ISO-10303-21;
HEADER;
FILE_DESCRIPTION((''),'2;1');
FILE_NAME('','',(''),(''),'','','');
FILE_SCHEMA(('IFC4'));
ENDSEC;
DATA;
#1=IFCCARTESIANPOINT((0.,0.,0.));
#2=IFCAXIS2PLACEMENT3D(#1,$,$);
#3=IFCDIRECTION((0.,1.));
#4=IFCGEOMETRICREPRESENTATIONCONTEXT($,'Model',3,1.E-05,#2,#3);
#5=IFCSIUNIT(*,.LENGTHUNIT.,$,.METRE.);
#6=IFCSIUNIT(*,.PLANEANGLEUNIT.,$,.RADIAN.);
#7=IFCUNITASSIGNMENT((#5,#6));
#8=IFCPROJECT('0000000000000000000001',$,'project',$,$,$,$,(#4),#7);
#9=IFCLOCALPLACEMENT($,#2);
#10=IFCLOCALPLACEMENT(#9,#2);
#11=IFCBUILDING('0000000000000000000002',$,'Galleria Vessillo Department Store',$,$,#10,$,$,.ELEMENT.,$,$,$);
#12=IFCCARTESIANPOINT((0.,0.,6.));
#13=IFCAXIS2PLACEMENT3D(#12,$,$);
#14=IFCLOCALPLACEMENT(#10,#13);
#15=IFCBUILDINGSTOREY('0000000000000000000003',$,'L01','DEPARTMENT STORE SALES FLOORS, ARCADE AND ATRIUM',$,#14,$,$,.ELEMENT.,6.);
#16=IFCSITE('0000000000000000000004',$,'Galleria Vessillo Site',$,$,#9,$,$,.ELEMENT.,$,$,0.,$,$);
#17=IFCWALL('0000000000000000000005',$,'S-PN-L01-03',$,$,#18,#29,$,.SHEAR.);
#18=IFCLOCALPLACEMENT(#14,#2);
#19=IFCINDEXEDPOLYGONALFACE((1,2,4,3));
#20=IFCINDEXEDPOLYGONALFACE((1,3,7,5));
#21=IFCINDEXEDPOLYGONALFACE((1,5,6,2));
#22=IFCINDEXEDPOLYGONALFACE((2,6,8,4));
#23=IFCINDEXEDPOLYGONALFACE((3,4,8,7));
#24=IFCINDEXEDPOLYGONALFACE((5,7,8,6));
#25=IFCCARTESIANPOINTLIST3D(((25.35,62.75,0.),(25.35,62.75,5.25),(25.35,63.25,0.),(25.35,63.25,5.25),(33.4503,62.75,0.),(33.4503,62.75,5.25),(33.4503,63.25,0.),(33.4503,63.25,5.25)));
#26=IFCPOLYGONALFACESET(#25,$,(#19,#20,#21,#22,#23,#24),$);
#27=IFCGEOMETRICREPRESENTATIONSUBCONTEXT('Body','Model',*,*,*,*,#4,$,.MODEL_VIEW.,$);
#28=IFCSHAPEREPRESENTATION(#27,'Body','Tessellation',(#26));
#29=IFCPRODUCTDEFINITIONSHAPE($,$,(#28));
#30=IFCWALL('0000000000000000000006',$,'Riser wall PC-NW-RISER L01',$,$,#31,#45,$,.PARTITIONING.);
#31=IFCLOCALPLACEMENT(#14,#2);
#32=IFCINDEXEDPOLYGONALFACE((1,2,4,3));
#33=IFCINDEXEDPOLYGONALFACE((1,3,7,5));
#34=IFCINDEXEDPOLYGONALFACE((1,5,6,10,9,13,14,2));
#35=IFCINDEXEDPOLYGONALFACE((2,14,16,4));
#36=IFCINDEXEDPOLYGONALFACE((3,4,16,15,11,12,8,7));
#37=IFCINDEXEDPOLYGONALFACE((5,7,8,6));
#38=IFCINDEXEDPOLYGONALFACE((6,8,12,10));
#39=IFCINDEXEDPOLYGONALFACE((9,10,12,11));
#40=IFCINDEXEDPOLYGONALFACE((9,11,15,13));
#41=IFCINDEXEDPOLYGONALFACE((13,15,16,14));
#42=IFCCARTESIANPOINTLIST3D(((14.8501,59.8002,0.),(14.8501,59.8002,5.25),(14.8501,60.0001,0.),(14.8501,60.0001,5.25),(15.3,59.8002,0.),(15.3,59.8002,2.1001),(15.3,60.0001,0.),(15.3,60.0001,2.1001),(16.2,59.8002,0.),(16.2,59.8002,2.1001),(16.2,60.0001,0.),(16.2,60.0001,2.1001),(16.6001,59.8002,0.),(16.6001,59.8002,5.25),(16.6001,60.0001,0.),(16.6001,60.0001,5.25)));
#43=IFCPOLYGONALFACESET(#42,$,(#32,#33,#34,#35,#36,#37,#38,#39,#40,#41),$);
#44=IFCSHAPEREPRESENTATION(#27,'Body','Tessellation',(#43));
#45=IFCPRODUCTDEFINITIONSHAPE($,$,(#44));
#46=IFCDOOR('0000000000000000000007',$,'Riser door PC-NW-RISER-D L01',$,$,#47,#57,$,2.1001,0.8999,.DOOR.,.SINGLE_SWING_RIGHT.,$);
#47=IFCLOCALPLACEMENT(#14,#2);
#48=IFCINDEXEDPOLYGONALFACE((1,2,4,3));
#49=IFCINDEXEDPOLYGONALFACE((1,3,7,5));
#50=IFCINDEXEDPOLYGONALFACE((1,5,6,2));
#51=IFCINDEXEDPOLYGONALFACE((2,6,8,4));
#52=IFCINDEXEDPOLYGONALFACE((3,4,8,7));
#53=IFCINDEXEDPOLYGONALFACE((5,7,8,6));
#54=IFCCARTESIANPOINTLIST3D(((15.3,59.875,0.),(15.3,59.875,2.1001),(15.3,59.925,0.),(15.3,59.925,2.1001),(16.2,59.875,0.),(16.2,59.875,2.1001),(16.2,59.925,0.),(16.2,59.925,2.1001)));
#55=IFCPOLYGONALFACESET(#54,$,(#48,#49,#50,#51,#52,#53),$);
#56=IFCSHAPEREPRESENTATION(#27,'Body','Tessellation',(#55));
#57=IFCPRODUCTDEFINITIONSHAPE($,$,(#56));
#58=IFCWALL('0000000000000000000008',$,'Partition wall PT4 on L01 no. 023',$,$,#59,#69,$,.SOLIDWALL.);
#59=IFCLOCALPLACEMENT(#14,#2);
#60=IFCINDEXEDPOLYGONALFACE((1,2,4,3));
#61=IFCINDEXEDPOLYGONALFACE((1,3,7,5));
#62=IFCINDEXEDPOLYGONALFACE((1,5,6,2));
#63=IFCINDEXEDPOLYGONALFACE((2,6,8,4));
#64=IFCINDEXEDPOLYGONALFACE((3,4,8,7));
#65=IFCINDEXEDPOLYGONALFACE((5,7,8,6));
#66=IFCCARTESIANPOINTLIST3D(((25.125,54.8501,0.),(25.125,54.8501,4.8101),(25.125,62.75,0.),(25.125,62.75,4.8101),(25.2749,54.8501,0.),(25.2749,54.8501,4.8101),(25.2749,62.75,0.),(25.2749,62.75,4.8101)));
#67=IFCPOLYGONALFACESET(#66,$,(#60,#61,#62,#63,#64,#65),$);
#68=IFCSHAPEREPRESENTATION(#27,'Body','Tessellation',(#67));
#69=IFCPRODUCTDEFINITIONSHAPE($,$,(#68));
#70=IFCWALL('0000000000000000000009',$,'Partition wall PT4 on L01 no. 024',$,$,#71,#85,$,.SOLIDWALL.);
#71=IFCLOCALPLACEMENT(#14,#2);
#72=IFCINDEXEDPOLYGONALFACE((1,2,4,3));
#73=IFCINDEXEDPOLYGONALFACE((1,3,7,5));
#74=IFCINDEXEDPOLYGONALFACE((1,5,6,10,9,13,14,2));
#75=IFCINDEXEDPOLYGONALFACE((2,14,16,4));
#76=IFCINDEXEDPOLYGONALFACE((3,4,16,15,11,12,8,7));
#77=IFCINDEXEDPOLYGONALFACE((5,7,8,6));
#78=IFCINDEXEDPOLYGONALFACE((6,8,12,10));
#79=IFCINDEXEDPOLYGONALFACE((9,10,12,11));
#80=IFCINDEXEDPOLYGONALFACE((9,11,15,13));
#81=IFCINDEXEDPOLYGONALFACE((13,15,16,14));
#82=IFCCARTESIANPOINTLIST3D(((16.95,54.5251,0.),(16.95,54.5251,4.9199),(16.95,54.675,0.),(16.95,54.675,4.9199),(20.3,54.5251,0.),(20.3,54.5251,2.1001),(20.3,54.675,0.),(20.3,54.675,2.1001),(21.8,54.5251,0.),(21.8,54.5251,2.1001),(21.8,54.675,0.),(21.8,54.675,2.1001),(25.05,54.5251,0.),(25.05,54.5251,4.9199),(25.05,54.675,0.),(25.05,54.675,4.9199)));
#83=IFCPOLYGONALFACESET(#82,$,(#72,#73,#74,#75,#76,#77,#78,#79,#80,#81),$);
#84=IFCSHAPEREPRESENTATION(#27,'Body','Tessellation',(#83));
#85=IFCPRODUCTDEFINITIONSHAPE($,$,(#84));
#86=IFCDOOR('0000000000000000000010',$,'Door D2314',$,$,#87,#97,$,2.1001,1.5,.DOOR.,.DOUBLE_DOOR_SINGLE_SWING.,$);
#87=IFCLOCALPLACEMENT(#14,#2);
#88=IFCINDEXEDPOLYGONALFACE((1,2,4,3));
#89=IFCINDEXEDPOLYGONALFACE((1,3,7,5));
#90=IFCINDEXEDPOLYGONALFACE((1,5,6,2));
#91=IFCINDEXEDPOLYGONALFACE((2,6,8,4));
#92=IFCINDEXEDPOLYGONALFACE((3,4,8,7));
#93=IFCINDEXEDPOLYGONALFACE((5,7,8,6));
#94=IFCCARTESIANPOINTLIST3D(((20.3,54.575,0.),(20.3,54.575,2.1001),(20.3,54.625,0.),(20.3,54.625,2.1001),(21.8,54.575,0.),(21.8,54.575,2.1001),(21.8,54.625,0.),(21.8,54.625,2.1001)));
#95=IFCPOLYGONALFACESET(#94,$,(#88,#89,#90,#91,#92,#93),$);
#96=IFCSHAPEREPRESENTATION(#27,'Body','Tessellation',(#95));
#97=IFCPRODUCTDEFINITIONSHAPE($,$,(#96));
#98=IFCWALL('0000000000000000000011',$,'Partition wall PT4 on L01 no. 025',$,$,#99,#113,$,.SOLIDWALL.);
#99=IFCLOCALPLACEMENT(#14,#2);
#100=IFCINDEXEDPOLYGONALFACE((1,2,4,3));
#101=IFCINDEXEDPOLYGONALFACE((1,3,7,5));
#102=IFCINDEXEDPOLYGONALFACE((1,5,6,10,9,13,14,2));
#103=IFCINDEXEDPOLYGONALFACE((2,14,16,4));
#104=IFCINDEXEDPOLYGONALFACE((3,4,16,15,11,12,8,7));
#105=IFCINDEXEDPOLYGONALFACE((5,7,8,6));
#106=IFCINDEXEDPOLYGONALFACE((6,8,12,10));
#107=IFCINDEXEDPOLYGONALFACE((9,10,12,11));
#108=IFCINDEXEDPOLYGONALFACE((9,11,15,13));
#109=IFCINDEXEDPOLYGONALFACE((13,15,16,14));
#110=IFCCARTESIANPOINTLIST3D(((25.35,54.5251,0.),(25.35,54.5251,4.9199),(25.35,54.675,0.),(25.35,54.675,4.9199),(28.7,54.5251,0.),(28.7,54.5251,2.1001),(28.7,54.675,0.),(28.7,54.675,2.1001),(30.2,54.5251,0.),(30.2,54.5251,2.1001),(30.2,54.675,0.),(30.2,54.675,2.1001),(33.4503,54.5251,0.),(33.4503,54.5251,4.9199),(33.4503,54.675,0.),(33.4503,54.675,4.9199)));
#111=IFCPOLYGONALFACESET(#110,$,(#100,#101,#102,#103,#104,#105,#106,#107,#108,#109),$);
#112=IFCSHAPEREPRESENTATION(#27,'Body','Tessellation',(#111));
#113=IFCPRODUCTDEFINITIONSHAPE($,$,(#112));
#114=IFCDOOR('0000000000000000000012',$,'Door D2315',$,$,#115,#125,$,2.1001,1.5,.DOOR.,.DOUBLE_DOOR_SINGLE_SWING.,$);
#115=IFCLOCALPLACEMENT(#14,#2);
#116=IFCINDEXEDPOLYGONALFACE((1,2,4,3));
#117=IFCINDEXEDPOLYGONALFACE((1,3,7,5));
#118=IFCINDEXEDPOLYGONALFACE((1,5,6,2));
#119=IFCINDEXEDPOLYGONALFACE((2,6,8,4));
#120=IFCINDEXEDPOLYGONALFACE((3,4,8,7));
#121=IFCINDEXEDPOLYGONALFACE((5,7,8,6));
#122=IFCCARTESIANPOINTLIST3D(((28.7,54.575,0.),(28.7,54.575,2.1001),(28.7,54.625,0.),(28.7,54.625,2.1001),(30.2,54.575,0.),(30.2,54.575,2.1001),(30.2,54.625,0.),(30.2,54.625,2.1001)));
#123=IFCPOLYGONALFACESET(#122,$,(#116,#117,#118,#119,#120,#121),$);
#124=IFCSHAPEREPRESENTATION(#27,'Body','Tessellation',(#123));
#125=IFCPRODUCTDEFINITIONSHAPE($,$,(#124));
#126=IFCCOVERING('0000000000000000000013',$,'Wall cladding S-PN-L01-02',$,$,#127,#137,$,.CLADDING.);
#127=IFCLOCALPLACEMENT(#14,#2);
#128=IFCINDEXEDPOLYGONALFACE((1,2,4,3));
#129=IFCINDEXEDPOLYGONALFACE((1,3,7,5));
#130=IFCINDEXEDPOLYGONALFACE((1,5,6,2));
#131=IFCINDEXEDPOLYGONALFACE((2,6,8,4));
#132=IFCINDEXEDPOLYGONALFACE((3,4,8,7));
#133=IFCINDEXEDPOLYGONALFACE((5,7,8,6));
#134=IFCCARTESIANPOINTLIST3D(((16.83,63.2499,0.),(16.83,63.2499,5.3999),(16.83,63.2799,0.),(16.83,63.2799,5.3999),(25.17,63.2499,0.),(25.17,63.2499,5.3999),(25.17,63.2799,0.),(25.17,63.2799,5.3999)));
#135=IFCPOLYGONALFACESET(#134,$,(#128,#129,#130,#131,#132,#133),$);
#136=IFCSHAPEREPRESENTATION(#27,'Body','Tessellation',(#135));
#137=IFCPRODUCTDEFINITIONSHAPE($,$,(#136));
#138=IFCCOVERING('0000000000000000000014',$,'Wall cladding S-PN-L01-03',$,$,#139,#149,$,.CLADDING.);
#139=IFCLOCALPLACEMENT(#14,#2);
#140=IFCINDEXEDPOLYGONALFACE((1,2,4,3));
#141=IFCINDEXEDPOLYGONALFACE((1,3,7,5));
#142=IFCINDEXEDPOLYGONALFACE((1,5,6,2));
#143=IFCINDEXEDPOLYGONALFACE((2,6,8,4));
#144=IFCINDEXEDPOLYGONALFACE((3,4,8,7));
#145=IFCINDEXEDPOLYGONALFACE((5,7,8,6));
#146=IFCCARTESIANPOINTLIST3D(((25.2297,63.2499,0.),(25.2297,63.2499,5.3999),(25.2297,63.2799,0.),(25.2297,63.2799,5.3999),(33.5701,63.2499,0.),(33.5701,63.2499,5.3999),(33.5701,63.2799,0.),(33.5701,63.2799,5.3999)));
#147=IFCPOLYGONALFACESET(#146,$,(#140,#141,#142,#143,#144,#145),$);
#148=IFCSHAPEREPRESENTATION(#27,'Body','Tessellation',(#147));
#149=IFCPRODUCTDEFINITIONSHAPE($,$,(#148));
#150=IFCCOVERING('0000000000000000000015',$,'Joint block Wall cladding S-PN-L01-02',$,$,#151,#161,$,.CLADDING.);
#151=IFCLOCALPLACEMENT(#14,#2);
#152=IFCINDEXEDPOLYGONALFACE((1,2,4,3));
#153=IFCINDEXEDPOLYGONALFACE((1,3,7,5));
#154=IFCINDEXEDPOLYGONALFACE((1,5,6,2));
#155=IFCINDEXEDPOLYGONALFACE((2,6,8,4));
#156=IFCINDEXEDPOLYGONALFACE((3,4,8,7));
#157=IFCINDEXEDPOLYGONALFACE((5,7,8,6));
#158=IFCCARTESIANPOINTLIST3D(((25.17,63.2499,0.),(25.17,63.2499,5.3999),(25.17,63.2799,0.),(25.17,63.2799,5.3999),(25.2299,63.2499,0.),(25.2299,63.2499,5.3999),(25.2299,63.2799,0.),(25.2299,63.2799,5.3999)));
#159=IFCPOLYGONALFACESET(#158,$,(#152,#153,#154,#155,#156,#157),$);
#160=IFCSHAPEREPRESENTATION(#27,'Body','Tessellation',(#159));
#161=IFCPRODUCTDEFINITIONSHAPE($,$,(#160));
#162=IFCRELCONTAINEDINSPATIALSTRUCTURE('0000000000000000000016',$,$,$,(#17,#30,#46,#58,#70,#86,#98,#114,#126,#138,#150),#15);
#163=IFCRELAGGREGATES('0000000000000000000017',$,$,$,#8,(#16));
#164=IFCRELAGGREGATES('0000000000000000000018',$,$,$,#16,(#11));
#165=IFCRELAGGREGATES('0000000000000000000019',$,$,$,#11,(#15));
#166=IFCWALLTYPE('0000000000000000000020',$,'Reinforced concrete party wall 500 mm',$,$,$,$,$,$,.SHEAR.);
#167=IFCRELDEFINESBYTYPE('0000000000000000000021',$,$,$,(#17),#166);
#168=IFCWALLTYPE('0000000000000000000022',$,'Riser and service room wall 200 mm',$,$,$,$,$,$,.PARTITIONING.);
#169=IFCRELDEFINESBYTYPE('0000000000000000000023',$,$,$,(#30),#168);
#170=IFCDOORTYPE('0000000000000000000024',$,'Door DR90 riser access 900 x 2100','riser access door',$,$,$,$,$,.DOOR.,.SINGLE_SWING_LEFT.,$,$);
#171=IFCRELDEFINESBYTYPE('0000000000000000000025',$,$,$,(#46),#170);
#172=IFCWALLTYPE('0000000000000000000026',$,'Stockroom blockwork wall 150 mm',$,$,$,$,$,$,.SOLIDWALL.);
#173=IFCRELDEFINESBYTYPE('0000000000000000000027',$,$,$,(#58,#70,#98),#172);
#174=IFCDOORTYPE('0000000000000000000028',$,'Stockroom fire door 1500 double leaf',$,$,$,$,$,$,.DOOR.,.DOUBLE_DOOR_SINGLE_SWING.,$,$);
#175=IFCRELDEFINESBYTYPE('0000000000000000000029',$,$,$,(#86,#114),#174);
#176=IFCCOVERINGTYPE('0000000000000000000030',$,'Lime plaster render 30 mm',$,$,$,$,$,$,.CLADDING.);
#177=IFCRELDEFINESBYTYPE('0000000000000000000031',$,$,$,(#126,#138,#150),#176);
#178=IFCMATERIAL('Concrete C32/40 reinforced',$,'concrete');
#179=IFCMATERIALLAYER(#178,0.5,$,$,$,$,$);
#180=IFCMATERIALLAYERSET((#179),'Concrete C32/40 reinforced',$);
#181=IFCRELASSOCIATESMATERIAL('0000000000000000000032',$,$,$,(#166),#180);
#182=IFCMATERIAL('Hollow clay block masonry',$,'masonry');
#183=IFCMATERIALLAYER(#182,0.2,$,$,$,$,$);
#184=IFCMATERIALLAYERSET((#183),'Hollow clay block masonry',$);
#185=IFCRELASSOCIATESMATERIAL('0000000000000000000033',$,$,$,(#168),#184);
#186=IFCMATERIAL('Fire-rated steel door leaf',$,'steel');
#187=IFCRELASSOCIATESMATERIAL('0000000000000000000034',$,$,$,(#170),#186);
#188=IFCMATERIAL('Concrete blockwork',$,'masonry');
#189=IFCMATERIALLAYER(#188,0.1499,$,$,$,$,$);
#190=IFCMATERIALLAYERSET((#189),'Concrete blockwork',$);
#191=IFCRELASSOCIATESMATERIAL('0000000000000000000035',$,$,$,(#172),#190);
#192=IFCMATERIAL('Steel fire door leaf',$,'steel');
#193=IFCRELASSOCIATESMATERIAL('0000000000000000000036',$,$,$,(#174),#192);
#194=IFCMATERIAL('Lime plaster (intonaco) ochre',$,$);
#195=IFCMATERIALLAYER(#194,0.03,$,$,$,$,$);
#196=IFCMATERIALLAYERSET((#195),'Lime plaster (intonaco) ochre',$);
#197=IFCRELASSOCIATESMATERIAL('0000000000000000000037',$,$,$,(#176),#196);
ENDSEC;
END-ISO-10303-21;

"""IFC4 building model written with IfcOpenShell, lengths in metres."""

from ifc_helpers import new_model, si_unit, direction, frame, frame_2d, origin, origin_2d, place, context, subcontext, project, spatial, rectangle, extrude, material, layer, layer_set, type_object, element, fill, save


model = new_model("IFC4")

# Units and contexts
model_context = context("Model", 3, precision=1e-05, world=origin(), true_north=direction((0.0, 1.0)))
body_context = subcontext(model_context, "Body", "Model", "MODEL_VIEW")
ifc_project = project(units=[si_unit("LENGTHUNIT", "METRE"), si_unit("PLANEANGLEUNIT", "RADIAN")], contexts=[model_context])

# Site, building, storey
site_placement = place(None, origin())
site = spatial("IfcSite", under=ifc_project, at=site_placement, Name="Galleria Vessillo Site", CompositionType="ELEMENT", RefElevation=0.0)
building_placement = place(site_placement, origin())
building = spatial("IfcBuilding", under=site, at=building_placement, Name="Galleria Vessillo Department Store", CompositionType="ELEMENT")
storey_placement = place(building_placement, frame((0.0, 0.0, 6.0)))
storey = spatial("IfcBuildingStorey", under=building, at=storey_placement, Name="L01", Description="DEPARTMENT STORE SALES FLOORS, ARCADE AND ATRIUM", CompositionType="ELEMENT", Elevation=6.0)

# Wall
ifc_material_1 = material(Name="Concrete C32/40 reinforced", Category="concrete")
ifc_layer_1 = layer(ifc_material_1, 0.5)
ifc_layer_set_1 = layer_set([ifc_layer_1], Name="Concrete C32/40 reinforced")
wall_type_1 = type_object("IfcWallType", Name="Reinforced concrete party wall 500 mm", PredefinedType="SHEAR", material=ifc_layer_set_1)
wall_1_placement = place(storey_placement, frame((25.3499, 63.0, 0.0), z_axis=(0.0, 0.0, 1.0), x_axis=(1.0, 0.0, 0.0)))
element("IfcWall", 1, at=wall_1_placement, inside=storey, type_object=wall_type_1, Name="S-PN-L01-03", PredefinedType="SHEAR", context=body_context, shape_type="SweptSolid", body=[
    extrude(rectangle(XDim=8.1003, YDim=0.5, at=frame_2d((4.0503, 0.0))), origin(), (0.0, 0.0, 1.0), 5.25),
])

# Wall, opening, door
ifc_material_2 = material(Name="Hollow clay block masonry", Category="masonry")
ifc_layer_2 = layer(ifc_material_2, 0.2)
ifc_layer_set_2 = layer_set([ifc_layer_2], Name="Hollow clay block masonry")
wall_type_2 = type_object("IfcWallType", Name="Riser and service room wall 200 mm", PredefinedType="PARTITIONING", material=ifc_layer_set_2)
wall_2_placement = place(storey_placement, frame((14.8501, 59.9001, 0.0), z_axis=(0.0, 0.0, 1.0), x_axis=(1.0, 0.0, 0.0)))
wall_2 = element("IfcWall", 2, at=wall_2_placement, inside=storey, type_object=wall_type_2, Name="Riser wall PC-NW-RISER L01", PredefinedType="PARTITIONING", context=body_context, shape_type="SweptSolid", body=[
    extrude(rectangle(XDim=1.75, YDim=0.2, at=frame_2d((0.875, 0.0))), origin(), (0.0, 0.0, 1.0), 5.25),
])
opening_1_placement = place(wall_2_placement, frame((0.45, 0.0, 0.0)))
opening_1 = element("IfcOpeningElement", 3, at=opening_1_placement, cuts=wall_2, PredefinedType="OPENING", context=body_context, shape_type="SweptSolid", body=[
    extrude(rectangle(XDim=0.8999, YDim=2.1001, at=frame_2d((0.45, 1.05))), frame((0.0, 0.1099, 0.0), z_axis=(0.0, -1.0, 0.0), x_axis=(1.0, 0.0, 0.0)), (0.0, 0.0, 1.0), 0.22),
])
ifc_material_3 = material(Name="Fire-rated steel door leaf", Category="steel")
door_type_1 = type_object("IfcDoorType", Name="Door DR90 riser access 900 x 2100", Description="riser access door", OperationType="SINGLE_SWING_LEFT", PredefinedType="DOOR", material=ifc_material_3)
door_1_placement = place(opening_1_placement, origin())
door_1 = element("IfcDoor", 4, at=door_1_placement, inside=storey, type_object=door_type_1, Name="Riser door PC-NW-RISER-D L01", OperationType="SINGLE_SWING_RIGHT", OverallHeight=2.1001, OverallWidth=0.8999, PredefinedType="DOOR", context=body_context, shape_type="SweptSolid", body=[
    extrude(rectangle(XDim=0.8999, YDim=2.1001, at=frame_2d((0.45, 1.05))), frame((0.0, 0.0249, 0.0), z_axis=(0.0, -1.0, 0.0), x_axis=(1.0, 0.0, 0.0)), (0.0, 0.0, 1.0), 0.05),
])
fill(opening_1, door_1)

# Wall
ifc_material_4 = material(Name="Concrete blockwork", Category="masonry")
ifc_layer_3 = layer(ifc_material_4, 0.1499)
ifc_layer_set_3 = layer_set([ifc_layer_3], Name="Concrete blockwork")
wall_type_3 = type_object("IfcWallType", Name="Stockroom blockwork wall 150 mm", PredefinedType="SOLIDWALL", material=ifc_layer_set_3)
wall_3_placement = place(storey_placement, frame((25.2, 54.8501, 0.0), z_axis=(0.0, 0.0, 1.0), x_axis=(0.0, 1.0, 0.0)))
element("IfcWall", 5, at=wall_3_placement, inside=storey, type_object=wall_type_3, Name="Partition wall PT4 on L01 no. 023", PredefinedType="SOLIDWALL", context=body_context, shape_type="SweptSolid", body=[
    extrude(rectangle(XDim=7.8999, YDim=0.1499, at=frame_2d((3.95, 0.0))), origin(), (0.0, 0.0, 1.0), 4.8101),
])

# Walls, openings, doors
wall_4_placement = place(storey_placement, frame((16.95, 54.6001, 0.0), z_axis=(0.0, 0.0, 1.0), x_axis=(1.0, 0.0, 0.0)))
wall_4 = element("IfcWall", 6, at=wall_4_placement, inside=storey, type_object=wall_type_3, Name="Partition wall PT4 on L01 no. 024", PredefinedType="SOLIDWALL", context=body_context, shape_type="SweptSolid", body=[
    extrude(rectangle(XDim=8.1001, YDim=0.1499, at=frame_2d((4.05, 0.0))), origin(), (0.0, 0.0, 1.0), 4.9199),
])
opening_2_placement = place(wall_4_placement, frame((3.3501, 0.0, 0.0)))
opening_2 = element("IfcOpeningElement", 7, at=opening_2_placement, cuts=wall_4, PredefinedType="OPENING", context=body_context, shape_type="SweptSolid", body=[
    extrude(rectangle(XDim=1.5, YDim=2.1001, at=frame_2d((0.75, 1.05))), frame((0.0, 0.085, 0.0), z_axis=(0.0, -1.0, 0.0), x_axis=(1.0, 0.0, 0.0)), (0.0, 0.0, 1.0), 0.1699),
])
ifc_material_5 = material(Name="Steel fire door leaf", Category="steel")
door_type_2 = type_object("IfcDoorType", Name="Stockroom fire door 1500 double leaf", OperationType="DOUBLE_DOOR_SINGLE_SWING", PredefinedType="DOOR", material=ifc_material_5)
door_2_placement = place(opening_2_placement, origin())
door_2 = element("IfcDoor", 8, at=door_2_placement, inside=storey, type_object=door_type_2, Name="Door D2314", OperationType="DOUBLE_DOOR_SINGLE_SWING", OverallHeight=2.1001, OverallWidth=1.5, PredefinedType="DOOR", context=body_context, shape_type="SweptSolid", body=[
    extrude(rectangle(XDim=1.5, YDim=2.1001, at=frame_2d((0.75, 1.05))), frame((0.0, 0.0249, 0.0), z_axis=(0.0, -1.0, 0.0), x_axis=(1.0, 0.0, 0.0)), (0.0, 0.0, 1.0), 0.05),
])
fill(opening_2, door_2)
wall_5_placement = place(storey_placement, frame((25.3499, 54.6001, 0.0), z_axis=(0.0, 0.0, 1.0), x_axis=(1.0, 0.0, 0.0)))
wall_5 = element("IfcWall", 9, at=wall_5_placement, inside=storey, type_object=wall_type_3, Name="Partition wall PT4 on L01 no. 025", PredefinedType="SOLIDWALL", context=body_context, shape_type="SweptSolid", body=[
    extrude(rectangle(XDim=8.1003, YDim=0.1499, at=frame_2d((4.0503, 0.0))), origin(), (0.0, 0.0, 1.0), 4.9199),
])
opening_3_placement = place(wall_5_placement, frame((3.3501, 0.0, 0.0)))
opening_3 = element("IfcOpeningElement", 10, at=opening_3_placement, cuts=wall_5, PredefinedType="OPENING", context=body_context, shape_type="SweptSolid", body=[
    extrude(rectangle(XDim=1.5, YDim=2.1001, at=frame_2d((0.75, 1.05))), frame((0.0, 0.085, 0.0), z_axis=(0.0, -1.0, 0.0), x_axis=(1.0, 0.0, 0.0)), (0.0, 0.0, 1.0), 0.1699),
])
door_3_placement = place(opening_3_placement, origin())
door_3 = element("IfcDoor", 11, at=door_3_placement, inside=storey, type_object=door_type_2, Name="Door D2315", OperationType="DOUBLE_DOOR_SINGLE_SWING", OverallHeight=2.1001, OverallWidth=1.5, PredefinedType="DOOR", context=body_context, shape_type="SweptSolid", body=[
    extrude(rectangle(XDim=1.5, YDim=2.1001, at=frame_2d((0.75, 1.05))), frame((0.0, 0.0249, 0.0), z_axis=(0.0, -1.0, 0.0), x_axis=(1.0, 0.0, 0.0)), (0.0, 0.0, 1.0), 0.05),
])
fill(opening_3, door_3)

# Coverings
ifc_material_6 = material(Name="Lime plaster (intonaco) ochre")
ifc_layer_4 = layer(ifc_material_6, 0.03)
ifc_layer_set_4 = layer_set([ifc_layer_4], Name="Lime plaster (intonaco) ochre")
covering_type = type_object("IfcCoveringType", Name="Lime plaster render 30 mm", PredefinedType="CLADDING", material=ifc_layer_set_4)
covering_1_placement = place(storey_placement, frame((21.0, 63.2649, 0.0), z_axis=(0.0, 0.0, 1.0), x_axis=(1.0, 0.0, 0.0)))
element("IfcCovering", 12, at=covering_1_placement, inside=storey, type_object=covering_type, Name="Wall cladding S-PN-L01-02", PredefinedType="CLADDING", context=body_context, shape_type="SweptSolid", body=[
    extrude(rectangle(XDim=8.3401, YDim=0.03, at=origin_2d()), origin(), (0.0, 0.0, 1.0), 5.3999),
])
covering_2_placement = place(storey_placement, frame((29.3999, 63.2649, 0.0), z_axis=(0.0, 0.0, 1.0), x_axis=(1.0, 0.0, 0.0)))
element("IfcCovering", 13, at=covering_2_placement, inside=storey, type_object=covering_type, Name="Wall cladding S-PN-L01-03", PredefinedType="CLADDING", context=body_context, shape_type="SweptSolid", body=[
    extrude(rectangle(XDim=8.3403, YDim=0.03, at=origin_2d()), origin(), (0.0, 0.0, 1.0), 5.3999),
])
covering_3_placement = place(storey_placement, frame((25.2, 63.2649, 0.0), z_axis=(0.0, 0.0, 1.0), x_axis=(1.0, 0.0, 0.0)))
element("IfcCovering", 14, at=covering_3_placement, inside=storey, type_object=covering_type, Name="Joint block Wall cladding S-PN-L01-02", PredefinedType="CLADDING", context=body_context, shape_type="SweptSolid", body=[
    extrude(rectangle(XDim=0.0598, YDim=0.03, at=origin_2d()), origin(), (0.0, 0.0, 1.0), 5.3999),
])

save(model, "model.ifc")
